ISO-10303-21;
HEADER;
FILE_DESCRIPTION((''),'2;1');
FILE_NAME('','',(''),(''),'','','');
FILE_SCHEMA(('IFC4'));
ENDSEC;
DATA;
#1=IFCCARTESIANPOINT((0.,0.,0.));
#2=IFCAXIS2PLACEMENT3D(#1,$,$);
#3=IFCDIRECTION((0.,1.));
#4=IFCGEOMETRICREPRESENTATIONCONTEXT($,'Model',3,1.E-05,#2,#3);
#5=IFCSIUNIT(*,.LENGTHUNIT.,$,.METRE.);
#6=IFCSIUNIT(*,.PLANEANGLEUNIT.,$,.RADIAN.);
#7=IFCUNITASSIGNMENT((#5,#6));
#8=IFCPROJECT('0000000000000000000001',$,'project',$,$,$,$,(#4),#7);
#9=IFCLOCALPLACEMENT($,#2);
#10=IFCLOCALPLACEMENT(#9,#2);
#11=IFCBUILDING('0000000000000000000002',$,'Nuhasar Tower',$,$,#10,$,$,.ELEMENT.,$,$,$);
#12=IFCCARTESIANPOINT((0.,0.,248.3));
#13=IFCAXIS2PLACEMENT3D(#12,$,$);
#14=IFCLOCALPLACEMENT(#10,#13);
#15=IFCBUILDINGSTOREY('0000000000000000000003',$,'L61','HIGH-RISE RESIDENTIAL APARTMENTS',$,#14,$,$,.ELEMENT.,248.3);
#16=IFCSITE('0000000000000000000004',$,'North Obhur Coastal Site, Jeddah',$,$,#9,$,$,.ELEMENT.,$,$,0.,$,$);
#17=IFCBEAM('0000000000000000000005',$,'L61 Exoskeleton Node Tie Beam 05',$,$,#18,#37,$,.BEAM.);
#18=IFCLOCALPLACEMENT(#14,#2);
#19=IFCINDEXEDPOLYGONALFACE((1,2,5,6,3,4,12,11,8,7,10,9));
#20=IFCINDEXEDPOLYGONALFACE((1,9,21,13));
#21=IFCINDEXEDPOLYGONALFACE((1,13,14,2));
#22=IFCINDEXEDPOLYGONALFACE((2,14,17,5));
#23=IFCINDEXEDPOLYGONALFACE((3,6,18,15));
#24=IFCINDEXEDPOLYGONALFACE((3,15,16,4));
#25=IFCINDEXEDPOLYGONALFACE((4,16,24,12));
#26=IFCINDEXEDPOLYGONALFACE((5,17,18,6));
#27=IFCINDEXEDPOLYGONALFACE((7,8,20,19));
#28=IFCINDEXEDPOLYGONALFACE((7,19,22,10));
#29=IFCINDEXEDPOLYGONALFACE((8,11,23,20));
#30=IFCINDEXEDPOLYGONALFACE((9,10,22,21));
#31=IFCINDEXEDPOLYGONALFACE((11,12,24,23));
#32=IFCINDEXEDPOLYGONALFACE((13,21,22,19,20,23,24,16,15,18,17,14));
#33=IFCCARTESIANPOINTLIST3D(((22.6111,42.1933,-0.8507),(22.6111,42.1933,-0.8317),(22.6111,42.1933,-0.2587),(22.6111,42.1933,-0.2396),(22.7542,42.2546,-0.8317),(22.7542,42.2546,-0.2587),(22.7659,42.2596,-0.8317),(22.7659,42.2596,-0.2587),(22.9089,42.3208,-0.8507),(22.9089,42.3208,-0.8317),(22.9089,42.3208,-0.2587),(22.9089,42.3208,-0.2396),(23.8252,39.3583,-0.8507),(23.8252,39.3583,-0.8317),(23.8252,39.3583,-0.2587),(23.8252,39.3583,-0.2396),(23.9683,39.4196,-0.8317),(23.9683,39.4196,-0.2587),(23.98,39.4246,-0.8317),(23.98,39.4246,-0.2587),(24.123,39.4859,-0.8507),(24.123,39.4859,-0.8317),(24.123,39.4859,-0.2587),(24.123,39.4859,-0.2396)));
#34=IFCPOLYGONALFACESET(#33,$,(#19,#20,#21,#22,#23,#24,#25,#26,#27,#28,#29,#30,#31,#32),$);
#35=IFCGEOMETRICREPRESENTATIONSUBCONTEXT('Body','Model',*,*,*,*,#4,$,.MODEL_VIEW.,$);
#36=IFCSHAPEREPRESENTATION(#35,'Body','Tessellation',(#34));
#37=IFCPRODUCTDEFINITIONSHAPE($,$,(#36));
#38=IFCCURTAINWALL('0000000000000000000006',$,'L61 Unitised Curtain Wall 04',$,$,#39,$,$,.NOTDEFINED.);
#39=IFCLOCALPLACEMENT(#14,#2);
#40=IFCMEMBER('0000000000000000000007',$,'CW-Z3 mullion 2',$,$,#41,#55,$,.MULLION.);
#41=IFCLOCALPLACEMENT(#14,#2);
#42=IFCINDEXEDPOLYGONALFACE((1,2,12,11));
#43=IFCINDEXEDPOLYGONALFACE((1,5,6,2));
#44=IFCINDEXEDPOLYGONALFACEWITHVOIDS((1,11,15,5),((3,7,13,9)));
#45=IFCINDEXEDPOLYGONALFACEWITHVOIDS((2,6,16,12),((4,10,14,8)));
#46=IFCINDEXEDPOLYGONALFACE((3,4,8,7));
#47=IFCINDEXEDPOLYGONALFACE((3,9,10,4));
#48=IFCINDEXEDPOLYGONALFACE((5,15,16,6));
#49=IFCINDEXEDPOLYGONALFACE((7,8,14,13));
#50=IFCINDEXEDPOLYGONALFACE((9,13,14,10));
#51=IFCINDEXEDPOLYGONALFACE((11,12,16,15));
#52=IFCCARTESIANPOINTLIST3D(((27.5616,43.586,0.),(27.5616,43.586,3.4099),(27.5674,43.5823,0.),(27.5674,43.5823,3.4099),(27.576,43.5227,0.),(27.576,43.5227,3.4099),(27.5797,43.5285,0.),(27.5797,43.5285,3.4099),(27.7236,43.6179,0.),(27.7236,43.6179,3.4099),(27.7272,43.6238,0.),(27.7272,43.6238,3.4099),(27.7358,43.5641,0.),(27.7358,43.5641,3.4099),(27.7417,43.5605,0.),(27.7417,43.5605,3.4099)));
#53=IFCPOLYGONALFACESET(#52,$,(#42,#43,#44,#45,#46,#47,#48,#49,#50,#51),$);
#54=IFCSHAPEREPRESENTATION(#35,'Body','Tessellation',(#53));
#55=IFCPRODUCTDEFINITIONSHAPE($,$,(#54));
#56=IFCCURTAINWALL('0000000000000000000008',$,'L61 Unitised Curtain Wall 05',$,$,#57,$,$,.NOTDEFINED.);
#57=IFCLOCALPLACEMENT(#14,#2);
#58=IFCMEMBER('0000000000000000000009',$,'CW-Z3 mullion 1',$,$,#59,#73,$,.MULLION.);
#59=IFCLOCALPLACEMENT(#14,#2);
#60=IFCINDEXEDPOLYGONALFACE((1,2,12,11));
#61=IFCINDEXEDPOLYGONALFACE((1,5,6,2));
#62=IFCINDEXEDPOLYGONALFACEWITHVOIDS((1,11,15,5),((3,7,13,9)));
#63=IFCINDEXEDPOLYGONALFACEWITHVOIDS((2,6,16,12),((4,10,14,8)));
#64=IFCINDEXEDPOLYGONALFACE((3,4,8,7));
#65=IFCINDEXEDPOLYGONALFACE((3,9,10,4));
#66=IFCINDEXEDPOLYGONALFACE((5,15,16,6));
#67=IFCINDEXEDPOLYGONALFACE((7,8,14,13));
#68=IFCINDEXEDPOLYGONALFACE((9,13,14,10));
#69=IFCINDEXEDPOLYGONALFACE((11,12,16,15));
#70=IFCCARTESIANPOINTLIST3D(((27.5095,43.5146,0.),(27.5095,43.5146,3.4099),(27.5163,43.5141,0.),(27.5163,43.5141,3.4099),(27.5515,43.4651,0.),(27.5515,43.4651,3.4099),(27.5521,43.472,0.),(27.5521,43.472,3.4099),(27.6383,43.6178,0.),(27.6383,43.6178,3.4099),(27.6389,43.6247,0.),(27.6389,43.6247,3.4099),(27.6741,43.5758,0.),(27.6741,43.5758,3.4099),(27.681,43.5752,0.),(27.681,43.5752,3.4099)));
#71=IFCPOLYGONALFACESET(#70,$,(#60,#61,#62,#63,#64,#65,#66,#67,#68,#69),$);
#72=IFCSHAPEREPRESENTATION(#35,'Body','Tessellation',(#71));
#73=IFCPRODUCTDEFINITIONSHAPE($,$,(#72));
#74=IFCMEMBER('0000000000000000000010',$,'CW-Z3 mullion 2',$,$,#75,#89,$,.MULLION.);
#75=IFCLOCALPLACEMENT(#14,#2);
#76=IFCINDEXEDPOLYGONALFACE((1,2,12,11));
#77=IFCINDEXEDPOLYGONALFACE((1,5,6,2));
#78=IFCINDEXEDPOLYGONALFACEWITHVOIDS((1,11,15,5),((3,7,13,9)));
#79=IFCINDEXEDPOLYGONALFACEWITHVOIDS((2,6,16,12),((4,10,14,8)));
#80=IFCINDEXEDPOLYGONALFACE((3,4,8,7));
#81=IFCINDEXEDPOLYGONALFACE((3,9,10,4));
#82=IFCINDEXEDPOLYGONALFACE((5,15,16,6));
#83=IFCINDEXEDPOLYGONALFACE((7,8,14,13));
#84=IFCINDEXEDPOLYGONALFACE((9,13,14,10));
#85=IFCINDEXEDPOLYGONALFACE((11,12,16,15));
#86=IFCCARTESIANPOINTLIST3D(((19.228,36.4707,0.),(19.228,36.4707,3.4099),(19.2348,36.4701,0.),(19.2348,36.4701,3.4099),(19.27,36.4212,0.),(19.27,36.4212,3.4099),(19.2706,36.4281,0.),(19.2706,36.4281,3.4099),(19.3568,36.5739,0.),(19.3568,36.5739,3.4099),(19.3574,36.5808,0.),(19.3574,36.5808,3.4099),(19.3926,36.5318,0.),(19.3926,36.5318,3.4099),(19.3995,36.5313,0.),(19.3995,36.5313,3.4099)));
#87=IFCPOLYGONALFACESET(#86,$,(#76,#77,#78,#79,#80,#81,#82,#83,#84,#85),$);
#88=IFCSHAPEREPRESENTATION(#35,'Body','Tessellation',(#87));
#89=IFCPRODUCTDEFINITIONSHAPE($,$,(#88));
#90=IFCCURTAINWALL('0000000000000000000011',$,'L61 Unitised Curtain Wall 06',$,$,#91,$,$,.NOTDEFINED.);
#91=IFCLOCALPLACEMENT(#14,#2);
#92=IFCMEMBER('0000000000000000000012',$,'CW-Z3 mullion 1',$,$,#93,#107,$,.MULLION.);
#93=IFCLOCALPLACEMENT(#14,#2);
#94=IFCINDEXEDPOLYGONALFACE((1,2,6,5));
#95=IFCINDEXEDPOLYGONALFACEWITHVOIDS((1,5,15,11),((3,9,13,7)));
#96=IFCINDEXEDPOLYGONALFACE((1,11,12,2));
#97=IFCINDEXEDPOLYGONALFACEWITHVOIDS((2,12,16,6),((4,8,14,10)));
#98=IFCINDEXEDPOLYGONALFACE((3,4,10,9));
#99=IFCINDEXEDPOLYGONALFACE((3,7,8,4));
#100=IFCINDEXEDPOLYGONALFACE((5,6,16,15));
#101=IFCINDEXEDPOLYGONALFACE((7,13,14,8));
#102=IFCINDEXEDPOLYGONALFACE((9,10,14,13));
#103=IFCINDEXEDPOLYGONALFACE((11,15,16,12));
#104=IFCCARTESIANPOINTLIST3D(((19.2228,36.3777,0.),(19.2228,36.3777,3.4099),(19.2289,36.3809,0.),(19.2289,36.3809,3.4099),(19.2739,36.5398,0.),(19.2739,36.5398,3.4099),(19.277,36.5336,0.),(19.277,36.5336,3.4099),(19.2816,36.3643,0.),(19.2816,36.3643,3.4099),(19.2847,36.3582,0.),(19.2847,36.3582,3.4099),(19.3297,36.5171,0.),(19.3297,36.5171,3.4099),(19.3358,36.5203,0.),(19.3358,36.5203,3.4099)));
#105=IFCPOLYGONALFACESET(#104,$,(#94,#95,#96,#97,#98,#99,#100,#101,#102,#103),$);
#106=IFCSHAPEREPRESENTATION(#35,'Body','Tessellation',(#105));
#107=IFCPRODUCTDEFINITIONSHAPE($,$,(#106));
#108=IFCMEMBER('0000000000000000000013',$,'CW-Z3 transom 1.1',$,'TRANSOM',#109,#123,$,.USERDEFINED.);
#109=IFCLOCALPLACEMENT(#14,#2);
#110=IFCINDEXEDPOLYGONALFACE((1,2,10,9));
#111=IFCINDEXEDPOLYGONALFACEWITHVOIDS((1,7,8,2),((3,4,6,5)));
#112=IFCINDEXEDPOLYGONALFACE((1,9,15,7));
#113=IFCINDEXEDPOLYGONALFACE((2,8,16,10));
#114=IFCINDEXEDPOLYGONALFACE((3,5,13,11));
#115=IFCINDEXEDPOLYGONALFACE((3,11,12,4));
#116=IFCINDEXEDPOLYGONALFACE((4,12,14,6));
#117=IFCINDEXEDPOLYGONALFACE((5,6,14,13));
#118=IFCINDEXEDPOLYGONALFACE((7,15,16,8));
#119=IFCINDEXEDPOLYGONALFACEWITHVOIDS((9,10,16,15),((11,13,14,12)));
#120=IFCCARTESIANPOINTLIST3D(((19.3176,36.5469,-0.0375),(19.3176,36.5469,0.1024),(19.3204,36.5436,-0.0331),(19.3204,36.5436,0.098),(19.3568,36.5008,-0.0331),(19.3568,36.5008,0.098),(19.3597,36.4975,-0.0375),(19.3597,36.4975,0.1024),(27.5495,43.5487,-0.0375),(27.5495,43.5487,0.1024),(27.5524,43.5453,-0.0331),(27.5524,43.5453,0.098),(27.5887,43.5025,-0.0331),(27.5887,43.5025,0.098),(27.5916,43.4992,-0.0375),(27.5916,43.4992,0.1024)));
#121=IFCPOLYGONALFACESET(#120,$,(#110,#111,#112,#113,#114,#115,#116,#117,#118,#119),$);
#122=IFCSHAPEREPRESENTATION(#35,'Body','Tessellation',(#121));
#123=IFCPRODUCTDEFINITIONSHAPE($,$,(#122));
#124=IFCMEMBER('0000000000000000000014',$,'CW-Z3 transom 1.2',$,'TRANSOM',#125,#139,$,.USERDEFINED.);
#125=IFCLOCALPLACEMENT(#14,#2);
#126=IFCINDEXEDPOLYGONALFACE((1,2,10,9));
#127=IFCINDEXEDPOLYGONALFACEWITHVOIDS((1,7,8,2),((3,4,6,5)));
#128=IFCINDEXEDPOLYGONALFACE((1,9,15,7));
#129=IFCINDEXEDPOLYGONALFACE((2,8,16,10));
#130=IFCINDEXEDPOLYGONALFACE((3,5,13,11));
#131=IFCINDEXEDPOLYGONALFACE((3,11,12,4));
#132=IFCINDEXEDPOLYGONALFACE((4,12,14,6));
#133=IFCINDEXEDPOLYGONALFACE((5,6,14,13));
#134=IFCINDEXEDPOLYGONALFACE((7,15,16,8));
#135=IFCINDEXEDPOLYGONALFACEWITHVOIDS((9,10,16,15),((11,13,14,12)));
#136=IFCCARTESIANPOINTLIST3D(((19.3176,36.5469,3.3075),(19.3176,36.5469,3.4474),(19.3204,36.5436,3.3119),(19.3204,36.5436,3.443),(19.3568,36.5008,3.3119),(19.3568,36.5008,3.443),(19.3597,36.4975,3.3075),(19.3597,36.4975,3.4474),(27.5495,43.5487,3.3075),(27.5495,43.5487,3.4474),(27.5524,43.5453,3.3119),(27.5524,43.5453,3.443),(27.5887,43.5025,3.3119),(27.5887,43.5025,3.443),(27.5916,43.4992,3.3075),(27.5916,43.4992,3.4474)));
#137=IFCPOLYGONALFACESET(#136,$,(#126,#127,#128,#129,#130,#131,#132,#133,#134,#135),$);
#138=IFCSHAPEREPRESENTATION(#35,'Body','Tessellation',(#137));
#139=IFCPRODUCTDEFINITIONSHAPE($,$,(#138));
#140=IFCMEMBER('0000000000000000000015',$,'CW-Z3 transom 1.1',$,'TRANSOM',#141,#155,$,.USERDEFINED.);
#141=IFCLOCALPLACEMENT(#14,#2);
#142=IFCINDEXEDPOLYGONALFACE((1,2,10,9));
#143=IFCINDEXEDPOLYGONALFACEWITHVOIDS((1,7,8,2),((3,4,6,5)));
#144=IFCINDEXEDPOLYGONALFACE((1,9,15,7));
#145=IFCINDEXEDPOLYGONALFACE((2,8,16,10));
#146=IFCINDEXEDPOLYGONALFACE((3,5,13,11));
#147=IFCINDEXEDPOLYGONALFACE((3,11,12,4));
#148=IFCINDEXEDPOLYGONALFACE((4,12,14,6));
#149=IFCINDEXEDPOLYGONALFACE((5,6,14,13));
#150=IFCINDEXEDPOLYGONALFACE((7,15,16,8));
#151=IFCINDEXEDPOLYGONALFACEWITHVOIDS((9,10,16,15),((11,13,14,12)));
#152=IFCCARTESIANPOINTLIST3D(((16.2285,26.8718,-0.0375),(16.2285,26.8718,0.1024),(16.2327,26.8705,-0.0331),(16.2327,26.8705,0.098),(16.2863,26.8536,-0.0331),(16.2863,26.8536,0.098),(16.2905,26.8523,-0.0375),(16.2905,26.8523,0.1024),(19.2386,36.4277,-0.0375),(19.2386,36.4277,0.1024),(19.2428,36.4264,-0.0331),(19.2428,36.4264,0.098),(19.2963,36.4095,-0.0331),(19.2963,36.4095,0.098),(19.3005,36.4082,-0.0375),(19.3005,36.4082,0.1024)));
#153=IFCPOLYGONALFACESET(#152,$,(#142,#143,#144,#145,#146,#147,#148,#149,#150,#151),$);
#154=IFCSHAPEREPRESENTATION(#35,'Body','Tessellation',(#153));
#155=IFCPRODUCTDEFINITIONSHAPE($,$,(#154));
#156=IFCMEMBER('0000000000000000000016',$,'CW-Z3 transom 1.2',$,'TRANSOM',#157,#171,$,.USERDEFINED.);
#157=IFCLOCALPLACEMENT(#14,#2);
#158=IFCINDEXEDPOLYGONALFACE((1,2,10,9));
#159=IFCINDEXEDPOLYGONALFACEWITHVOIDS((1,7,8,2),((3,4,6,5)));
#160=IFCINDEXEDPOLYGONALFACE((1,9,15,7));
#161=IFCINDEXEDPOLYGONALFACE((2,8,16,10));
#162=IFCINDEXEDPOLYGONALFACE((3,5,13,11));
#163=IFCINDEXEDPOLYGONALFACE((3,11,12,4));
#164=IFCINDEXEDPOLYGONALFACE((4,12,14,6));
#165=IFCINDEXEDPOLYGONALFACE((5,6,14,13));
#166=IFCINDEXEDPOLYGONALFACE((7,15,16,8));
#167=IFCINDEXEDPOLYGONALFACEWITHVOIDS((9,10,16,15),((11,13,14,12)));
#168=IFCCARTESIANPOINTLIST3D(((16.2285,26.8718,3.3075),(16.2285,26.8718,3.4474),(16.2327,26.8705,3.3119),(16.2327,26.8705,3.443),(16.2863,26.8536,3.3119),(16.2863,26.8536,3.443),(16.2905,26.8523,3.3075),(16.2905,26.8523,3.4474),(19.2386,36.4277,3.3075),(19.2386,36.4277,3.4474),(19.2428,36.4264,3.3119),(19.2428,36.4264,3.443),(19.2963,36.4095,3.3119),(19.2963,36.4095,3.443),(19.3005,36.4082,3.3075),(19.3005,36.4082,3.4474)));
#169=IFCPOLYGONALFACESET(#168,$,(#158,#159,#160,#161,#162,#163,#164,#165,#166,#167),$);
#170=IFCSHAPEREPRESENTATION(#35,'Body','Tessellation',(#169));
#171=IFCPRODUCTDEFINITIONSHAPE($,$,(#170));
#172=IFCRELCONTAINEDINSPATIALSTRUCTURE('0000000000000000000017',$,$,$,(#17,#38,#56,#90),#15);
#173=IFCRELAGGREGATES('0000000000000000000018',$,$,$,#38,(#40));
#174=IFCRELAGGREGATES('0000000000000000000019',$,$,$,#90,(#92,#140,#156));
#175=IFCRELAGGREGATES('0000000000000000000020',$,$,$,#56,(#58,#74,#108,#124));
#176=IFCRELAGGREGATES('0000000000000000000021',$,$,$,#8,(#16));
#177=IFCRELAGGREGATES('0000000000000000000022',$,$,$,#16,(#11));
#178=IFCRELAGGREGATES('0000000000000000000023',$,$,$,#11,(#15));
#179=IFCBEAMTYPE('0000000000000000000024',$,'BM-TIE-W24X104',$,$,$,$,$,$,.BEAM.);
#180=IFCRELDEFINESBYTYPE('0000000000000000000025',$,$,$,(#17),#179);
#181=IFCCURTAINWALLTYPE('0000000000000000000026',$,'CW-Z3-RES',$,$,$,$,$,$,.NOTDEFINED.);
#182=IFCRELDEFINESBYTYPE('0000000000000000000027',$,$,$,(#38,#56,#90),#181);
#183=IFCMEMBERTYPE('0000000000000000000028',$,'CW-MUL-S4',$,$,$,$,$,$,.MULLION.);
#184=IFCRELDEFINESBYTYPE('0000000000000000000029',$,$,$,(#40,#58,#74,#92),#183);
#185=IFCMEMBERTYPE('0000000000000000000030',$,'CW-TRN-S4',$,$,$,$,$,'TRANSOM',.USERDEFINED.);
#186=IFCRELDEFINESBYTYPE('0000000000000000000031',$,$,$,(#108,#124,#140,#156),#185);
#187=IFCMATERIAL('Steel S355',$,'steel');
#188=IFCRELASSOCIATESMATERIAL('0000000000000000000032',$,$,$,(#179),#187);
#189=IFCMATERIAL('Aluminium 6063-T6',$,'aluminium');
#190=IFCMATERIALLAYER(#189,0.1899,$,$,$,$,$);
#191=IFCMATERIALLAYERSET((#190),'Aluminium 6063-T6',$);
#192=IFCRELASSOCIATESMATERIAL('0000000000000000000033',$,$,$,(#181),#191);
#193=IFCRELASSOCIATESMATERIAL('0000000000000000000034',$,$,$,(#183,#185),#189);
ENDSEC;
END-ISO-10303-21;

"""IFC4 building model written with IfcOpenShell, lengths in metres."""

from ifc_helpers import new_model, si_unit, direction, frame, origin, origin_2d, place, context, subcontext, project, spatial, hollow_rectangle, i_section, extrude, material, layer, layer_set, material_profile, profile_set, type_object, element, aggregate, save


model = new_model("IFC4")

# Units and contexts
model_context = context("Model", 3, precision=1e-05, world=origin(), true_north=direction((0.0, 1.0)))
body_context = subcontext(model_context, "Body", "Model", "MODEL_VIEW")
ifc_project = project(units=[si_unit("LENGTHUNIT", "METRE"), si_unit("PLANEANGLEUNIT", "RADIAN")], contexts=[model_context])

# Site, building, storey
site_placement = place(None, origin())
site = spatial("IfcSite", under=ifc_project, at=site_placement, Name="North Obhur Coastal Site, Jeddah", CompositionType="ELEMENT", RefElevation=0.0)
building_placement = place(site_placement, origin())
building = spatial("IfcBuilding", under=site, at=building_placement, Name="Nuhasar Tower", CompositionType="ELEMENT")
storey_placement = place(building_placement, frame((0.0, 0.0, 248.3)))
storey = spatial("IfcBuildingStorey", under=building, at=storey_placement, Name="L61", Description="HIGH-RISE RESIDENTIAL APARTMENTS", CompositionType="ELEMENT", Elevation=248.3)

# Beam
ifc_material_1 = material(Name="Steel S355", Category="steel")
ifc_material_profile_1 = material_profile(ifc_material_1, i_section(OverallWidth=0.324, OverallDepth=0.6111, WebThickness=0.0127, FlangeThickness=0.019, at=origin_2d()), Name="W24X104")
ifc_profile_set_1 = profile_set([ifc_material_profile_1], Name="Steel S355")
beam_type_1 = type_object("IfcBeamType", Name="BM-TIE-W24X104", PredefinedType="BEAM", material=ifc_profile_set_1)
beam_1_placement = place(storey_placement, frame((23.9741, 39.4221, -0.5452), z_axis=(-0.39368, 0.919247, 0.0), x_axis=(-0.919247, -0.39368, 0.0)))
element("IfcBeam", 1, at=beam_1_placement, inside=storey, type_object=beam_type_1, Name="L61 Exoskeleton Node Tie Beam 05", PredefinedType="BEAM", context=body_context, shape_type="SweptSolid", body=[
    extrude(i_section(OverallWidth=0.324, OverallDepth=0.6111, WebThickness=0.0127, FlangeThickness=0.019, at=origin_2d()), origin(), (0.0, 0.0, 1.0), 3.084),
])

# Curtain wall, member
ifc_material_2 = material(Name="Aluminium 6063-T6", Category="aluminium")
ifc_layer_1 = layer(ifc_material_2, 0.1899)
ifc_layer_set_1 = layer_set([ifc_layer_1], Name="Aluminium 6063-T6")
curtain_wall_type = type_object("IfcCurtainWallType", Name="CW-Z3-RES", PredefinedType="NOTDEFINED", material=ifc_layer_set_1)
curtain_wall_1_placement = place(storey_placement, origin())
curtain_wall_1 = element("IfcCurtainWall", 2, at=curtain_wall_1_placement, inside=storey, type_object=curtain_wall_type, Name="L61 Unitised Curtain Wall 04", PredefinedType="NOTDEFINED")
ifc_material_profile_2 = material_profile(ifc_material_2, hollow_rectangle(XDim=0.0649, YDim=0.1699, WallThickness=0.0049, at=origin_2d()), Name="CWM-4")
ifc_profile_set_2 = profile_set([ifc_material_profile_2], Name="Aluminium 6063-T6")
member_type_1 = type_object("IfcMemberType", Name="CW-MUL-S4", PredefinedType="MULLION", material=ifc_profile_set_2)
member_1_placement = place(storey_placement, frame((27.6516, 43.5732, 0.0), z_axis=(0.0, 0.0, 1.0), x_axis=(0.222243, -0.974991, 0.0)))
member_1 = element("IfcMember", 3, at=member_1_placement, type_object=member_type_1, Name="CW-Z3 mullion 2", PredefinedType="MULLION", context=body_context, shape_type="SweptSolid", body=[
    extrude(hollow_rectangle(XDim=0.0649, YDim=0.1699, WallThickness=0.0049, at=origin_2d()), origin(), (0.0, 0.0, 1.0), 3.4099),
])
aggregate(curtain_wall_1, [member_1])

# Curtain wall, members
curtain_wall_2_placement = place(storey_placement, origin())
curtain_wall_2 = element("IfcCurtainWall", 4, at=curtain_wall_2_placement, inside=storey, type_object=curtain_wall_type, Name="L61 Unitised Curtain Wall 05", PredefinedType="NOTDEFINED")
member_2_placement = place(storey_placement, frame((27.5952, 43.5449, 0.0), z_axis=(0.0, 0.0, 1.0), x_axis=(0.647895, -0.761729, 0.0)))
member_2 = element("IfcMember", 5, at=member_2_placement, type_object=member_type_1, Name="CW-Z3 mullion 1", PredefinedType="MULLION", context=body_context, shape_type="SweptSolid", body=[
    extrude(hollow_rectangle(XDim=0.0649, YDim=0.1699, WallThickness=0.0049, at=origin_2d()), origin(), (0.0, 0.0, 1.0), 3.4099),
])
member_3_placement = place(storey_placement, frame((19.3137, 36.501, 0.0), z_axis=(0.0, 0.0, 1.0), x_axis=(0.647895, -0.761729, 0.0)))
member_3 = element("IfcMember", 6, at=member_3_placement, type_object=member_type_1, Name="CW-Z3 mullion 2", PredefinedType="MULLION", context=body_context, shape_type="SweptSolid", body=[
    extrude(hollow_rectangle(XDim=0.0649, YDim=0.1699, WallThickness=0.0049, at=origin_2d()), origin(), (0.0, 0.0, 1.0), 3.4099),
])

# Curtain wall, member
curtain_wall_3_placement = place(storey_placement, origin())
curtain_wall_3 = element("IfcCurtainWall", 7, at=curtain_wall_3_placement, inside=storey, type_object=curtain_wall_type, Name="L61 Unitised Curtain Wall 06", PredefinedType="NOTDEFINED")
member_4_placement = place(storey_placement, frame((19.2793, 36.449, 0.0), z_axis=(0.0, 0.0, 1.0), x_axis=(0.953804, -0.300429, 0.0)))
member_4 = element("IfcMember", 8, at=member_4_placement, type_object=member_type_1, Name="CW-Z3 mullion 1", PredefinedType="MULLION", context=body_context, shape_type="SweptSolid", body=[
    extrude(hollow_rectangle(XDim=0.0649, YDim=0.1699, WallThickness=0.0049, at=origin_2d()), origin(), (0.0, 0.0, 1.0), 3.4099),
])

# Members
ifc_material_profile_3 = material_profile(ifc_material_2, hollow_rectangle(XDim=0.0649, YDim=0.1399, WallThickness=0.0044, at=origin_2d()), Name="CWT-4")
ifc_profile_set_3 = profile_set([ifc_material_profile_3], Name="Aluminium 6063-T6")
member_type_2 = type_object("IfcMemberType", Name="CW-TRN-S4", ElementType="TRANSOM", PredefinedType="USERDEFINED", material=ifc_profile_set_3)
member_5_placement = place(storey_placement, frame((27.5706, 43.5239, 0.0325), z_axis=(-0.761731, -0.647894, 0.0), x_axis=(0.647894, -0.761731, 0.0)))
member_5 = element("IfcMember", 9, at=member_5_placement, type_object=member_type_2, Name="CW-Z3 transom 1.1", ObjectType="TRANSOM", PredefinedType="USERDEFINED", context=body_context, shape_type="SweptSolid", body=[
    extrude(hollow_rectangle(XDim=0.0649, YDim=0.1399, WallThickness=0.0044, at=origin_2d()), origin(), (0.0, 0.0, 1.0), 10.8069),
])
member_6_placement = place(storey_placement, frame((27.5706, 43.5239, 3.3774), z_axis=(-0.761731, -0.647894, 0.0), x_axis=(0.647894, -0.761731, 0.0)))
member_6 = element("IfcMember", 10, at=member_6_placement, type_object=member_type_2, Name="CW-Z3 transom 1.2", ObjectType="TRANSOM", PredefinedType="USERDEFINED", context=body_context, shape_type="SweptSolid", body=[
    extrude(hollow_rectangle(XDim=0.0649, YDim=0.1399, WallThickness=0.0044, at=origin_2d()), origin(), (0.0, 0.0, 1.0), 10.8069),
])
member_7_placement = place(storey_placement, frame((19.2695, 36.418, 0.0325), z_axis=(-0.300437, -0.953802, 0.0), x_axis=(0.953802, -0.300437, 0.0)))
member_7 = element("IfcMember", 11, at=member_7_placement, type_object=member_type_2, Name="CW-Z3 transom 1.1", ObjectType="TRANSOM", PredefinedType="USERDEFINED", context=body_context, shape_type="SweptSolid", body=[
    extrude(hollow_rectangle(XDim=0.0649, YDim=0.1399, WallThickness=0.0044, at=origin_2d()), origin(), (0.0, 0.0, 1.0), 10.0188),
])
member_8_placement = place(storey_placement, frame((19.2695, 36.418, 3.3774), z_axis=(-0.300437, -0.953802, 0.0), x_axis=(0.953802, -0.300437, 0.0)))
member_8 = element("IfcMember", 12, at=member_8_placement, type_object=member_type_2, Name="CW-Z3 transom 1.2", ObjectType="TRANSOM", PredefinedType="USERDEFINED", context=body_context, shape_type="SweptSolid", body=[
    extrude(hollow_rectangle(XDim=0.0649, YDim=0.1399, WallThickness=0.0044, at=origin_2d()), origin(), (0.0, 0.0, 1.0), 10.0188),
])
aggregate(curtain_wall_3, [member_4, member_7, member_8])

aggregate(curtain_wall_2, [member_2, member_3, member_5, member_6])

save(model, "model.ifc")
